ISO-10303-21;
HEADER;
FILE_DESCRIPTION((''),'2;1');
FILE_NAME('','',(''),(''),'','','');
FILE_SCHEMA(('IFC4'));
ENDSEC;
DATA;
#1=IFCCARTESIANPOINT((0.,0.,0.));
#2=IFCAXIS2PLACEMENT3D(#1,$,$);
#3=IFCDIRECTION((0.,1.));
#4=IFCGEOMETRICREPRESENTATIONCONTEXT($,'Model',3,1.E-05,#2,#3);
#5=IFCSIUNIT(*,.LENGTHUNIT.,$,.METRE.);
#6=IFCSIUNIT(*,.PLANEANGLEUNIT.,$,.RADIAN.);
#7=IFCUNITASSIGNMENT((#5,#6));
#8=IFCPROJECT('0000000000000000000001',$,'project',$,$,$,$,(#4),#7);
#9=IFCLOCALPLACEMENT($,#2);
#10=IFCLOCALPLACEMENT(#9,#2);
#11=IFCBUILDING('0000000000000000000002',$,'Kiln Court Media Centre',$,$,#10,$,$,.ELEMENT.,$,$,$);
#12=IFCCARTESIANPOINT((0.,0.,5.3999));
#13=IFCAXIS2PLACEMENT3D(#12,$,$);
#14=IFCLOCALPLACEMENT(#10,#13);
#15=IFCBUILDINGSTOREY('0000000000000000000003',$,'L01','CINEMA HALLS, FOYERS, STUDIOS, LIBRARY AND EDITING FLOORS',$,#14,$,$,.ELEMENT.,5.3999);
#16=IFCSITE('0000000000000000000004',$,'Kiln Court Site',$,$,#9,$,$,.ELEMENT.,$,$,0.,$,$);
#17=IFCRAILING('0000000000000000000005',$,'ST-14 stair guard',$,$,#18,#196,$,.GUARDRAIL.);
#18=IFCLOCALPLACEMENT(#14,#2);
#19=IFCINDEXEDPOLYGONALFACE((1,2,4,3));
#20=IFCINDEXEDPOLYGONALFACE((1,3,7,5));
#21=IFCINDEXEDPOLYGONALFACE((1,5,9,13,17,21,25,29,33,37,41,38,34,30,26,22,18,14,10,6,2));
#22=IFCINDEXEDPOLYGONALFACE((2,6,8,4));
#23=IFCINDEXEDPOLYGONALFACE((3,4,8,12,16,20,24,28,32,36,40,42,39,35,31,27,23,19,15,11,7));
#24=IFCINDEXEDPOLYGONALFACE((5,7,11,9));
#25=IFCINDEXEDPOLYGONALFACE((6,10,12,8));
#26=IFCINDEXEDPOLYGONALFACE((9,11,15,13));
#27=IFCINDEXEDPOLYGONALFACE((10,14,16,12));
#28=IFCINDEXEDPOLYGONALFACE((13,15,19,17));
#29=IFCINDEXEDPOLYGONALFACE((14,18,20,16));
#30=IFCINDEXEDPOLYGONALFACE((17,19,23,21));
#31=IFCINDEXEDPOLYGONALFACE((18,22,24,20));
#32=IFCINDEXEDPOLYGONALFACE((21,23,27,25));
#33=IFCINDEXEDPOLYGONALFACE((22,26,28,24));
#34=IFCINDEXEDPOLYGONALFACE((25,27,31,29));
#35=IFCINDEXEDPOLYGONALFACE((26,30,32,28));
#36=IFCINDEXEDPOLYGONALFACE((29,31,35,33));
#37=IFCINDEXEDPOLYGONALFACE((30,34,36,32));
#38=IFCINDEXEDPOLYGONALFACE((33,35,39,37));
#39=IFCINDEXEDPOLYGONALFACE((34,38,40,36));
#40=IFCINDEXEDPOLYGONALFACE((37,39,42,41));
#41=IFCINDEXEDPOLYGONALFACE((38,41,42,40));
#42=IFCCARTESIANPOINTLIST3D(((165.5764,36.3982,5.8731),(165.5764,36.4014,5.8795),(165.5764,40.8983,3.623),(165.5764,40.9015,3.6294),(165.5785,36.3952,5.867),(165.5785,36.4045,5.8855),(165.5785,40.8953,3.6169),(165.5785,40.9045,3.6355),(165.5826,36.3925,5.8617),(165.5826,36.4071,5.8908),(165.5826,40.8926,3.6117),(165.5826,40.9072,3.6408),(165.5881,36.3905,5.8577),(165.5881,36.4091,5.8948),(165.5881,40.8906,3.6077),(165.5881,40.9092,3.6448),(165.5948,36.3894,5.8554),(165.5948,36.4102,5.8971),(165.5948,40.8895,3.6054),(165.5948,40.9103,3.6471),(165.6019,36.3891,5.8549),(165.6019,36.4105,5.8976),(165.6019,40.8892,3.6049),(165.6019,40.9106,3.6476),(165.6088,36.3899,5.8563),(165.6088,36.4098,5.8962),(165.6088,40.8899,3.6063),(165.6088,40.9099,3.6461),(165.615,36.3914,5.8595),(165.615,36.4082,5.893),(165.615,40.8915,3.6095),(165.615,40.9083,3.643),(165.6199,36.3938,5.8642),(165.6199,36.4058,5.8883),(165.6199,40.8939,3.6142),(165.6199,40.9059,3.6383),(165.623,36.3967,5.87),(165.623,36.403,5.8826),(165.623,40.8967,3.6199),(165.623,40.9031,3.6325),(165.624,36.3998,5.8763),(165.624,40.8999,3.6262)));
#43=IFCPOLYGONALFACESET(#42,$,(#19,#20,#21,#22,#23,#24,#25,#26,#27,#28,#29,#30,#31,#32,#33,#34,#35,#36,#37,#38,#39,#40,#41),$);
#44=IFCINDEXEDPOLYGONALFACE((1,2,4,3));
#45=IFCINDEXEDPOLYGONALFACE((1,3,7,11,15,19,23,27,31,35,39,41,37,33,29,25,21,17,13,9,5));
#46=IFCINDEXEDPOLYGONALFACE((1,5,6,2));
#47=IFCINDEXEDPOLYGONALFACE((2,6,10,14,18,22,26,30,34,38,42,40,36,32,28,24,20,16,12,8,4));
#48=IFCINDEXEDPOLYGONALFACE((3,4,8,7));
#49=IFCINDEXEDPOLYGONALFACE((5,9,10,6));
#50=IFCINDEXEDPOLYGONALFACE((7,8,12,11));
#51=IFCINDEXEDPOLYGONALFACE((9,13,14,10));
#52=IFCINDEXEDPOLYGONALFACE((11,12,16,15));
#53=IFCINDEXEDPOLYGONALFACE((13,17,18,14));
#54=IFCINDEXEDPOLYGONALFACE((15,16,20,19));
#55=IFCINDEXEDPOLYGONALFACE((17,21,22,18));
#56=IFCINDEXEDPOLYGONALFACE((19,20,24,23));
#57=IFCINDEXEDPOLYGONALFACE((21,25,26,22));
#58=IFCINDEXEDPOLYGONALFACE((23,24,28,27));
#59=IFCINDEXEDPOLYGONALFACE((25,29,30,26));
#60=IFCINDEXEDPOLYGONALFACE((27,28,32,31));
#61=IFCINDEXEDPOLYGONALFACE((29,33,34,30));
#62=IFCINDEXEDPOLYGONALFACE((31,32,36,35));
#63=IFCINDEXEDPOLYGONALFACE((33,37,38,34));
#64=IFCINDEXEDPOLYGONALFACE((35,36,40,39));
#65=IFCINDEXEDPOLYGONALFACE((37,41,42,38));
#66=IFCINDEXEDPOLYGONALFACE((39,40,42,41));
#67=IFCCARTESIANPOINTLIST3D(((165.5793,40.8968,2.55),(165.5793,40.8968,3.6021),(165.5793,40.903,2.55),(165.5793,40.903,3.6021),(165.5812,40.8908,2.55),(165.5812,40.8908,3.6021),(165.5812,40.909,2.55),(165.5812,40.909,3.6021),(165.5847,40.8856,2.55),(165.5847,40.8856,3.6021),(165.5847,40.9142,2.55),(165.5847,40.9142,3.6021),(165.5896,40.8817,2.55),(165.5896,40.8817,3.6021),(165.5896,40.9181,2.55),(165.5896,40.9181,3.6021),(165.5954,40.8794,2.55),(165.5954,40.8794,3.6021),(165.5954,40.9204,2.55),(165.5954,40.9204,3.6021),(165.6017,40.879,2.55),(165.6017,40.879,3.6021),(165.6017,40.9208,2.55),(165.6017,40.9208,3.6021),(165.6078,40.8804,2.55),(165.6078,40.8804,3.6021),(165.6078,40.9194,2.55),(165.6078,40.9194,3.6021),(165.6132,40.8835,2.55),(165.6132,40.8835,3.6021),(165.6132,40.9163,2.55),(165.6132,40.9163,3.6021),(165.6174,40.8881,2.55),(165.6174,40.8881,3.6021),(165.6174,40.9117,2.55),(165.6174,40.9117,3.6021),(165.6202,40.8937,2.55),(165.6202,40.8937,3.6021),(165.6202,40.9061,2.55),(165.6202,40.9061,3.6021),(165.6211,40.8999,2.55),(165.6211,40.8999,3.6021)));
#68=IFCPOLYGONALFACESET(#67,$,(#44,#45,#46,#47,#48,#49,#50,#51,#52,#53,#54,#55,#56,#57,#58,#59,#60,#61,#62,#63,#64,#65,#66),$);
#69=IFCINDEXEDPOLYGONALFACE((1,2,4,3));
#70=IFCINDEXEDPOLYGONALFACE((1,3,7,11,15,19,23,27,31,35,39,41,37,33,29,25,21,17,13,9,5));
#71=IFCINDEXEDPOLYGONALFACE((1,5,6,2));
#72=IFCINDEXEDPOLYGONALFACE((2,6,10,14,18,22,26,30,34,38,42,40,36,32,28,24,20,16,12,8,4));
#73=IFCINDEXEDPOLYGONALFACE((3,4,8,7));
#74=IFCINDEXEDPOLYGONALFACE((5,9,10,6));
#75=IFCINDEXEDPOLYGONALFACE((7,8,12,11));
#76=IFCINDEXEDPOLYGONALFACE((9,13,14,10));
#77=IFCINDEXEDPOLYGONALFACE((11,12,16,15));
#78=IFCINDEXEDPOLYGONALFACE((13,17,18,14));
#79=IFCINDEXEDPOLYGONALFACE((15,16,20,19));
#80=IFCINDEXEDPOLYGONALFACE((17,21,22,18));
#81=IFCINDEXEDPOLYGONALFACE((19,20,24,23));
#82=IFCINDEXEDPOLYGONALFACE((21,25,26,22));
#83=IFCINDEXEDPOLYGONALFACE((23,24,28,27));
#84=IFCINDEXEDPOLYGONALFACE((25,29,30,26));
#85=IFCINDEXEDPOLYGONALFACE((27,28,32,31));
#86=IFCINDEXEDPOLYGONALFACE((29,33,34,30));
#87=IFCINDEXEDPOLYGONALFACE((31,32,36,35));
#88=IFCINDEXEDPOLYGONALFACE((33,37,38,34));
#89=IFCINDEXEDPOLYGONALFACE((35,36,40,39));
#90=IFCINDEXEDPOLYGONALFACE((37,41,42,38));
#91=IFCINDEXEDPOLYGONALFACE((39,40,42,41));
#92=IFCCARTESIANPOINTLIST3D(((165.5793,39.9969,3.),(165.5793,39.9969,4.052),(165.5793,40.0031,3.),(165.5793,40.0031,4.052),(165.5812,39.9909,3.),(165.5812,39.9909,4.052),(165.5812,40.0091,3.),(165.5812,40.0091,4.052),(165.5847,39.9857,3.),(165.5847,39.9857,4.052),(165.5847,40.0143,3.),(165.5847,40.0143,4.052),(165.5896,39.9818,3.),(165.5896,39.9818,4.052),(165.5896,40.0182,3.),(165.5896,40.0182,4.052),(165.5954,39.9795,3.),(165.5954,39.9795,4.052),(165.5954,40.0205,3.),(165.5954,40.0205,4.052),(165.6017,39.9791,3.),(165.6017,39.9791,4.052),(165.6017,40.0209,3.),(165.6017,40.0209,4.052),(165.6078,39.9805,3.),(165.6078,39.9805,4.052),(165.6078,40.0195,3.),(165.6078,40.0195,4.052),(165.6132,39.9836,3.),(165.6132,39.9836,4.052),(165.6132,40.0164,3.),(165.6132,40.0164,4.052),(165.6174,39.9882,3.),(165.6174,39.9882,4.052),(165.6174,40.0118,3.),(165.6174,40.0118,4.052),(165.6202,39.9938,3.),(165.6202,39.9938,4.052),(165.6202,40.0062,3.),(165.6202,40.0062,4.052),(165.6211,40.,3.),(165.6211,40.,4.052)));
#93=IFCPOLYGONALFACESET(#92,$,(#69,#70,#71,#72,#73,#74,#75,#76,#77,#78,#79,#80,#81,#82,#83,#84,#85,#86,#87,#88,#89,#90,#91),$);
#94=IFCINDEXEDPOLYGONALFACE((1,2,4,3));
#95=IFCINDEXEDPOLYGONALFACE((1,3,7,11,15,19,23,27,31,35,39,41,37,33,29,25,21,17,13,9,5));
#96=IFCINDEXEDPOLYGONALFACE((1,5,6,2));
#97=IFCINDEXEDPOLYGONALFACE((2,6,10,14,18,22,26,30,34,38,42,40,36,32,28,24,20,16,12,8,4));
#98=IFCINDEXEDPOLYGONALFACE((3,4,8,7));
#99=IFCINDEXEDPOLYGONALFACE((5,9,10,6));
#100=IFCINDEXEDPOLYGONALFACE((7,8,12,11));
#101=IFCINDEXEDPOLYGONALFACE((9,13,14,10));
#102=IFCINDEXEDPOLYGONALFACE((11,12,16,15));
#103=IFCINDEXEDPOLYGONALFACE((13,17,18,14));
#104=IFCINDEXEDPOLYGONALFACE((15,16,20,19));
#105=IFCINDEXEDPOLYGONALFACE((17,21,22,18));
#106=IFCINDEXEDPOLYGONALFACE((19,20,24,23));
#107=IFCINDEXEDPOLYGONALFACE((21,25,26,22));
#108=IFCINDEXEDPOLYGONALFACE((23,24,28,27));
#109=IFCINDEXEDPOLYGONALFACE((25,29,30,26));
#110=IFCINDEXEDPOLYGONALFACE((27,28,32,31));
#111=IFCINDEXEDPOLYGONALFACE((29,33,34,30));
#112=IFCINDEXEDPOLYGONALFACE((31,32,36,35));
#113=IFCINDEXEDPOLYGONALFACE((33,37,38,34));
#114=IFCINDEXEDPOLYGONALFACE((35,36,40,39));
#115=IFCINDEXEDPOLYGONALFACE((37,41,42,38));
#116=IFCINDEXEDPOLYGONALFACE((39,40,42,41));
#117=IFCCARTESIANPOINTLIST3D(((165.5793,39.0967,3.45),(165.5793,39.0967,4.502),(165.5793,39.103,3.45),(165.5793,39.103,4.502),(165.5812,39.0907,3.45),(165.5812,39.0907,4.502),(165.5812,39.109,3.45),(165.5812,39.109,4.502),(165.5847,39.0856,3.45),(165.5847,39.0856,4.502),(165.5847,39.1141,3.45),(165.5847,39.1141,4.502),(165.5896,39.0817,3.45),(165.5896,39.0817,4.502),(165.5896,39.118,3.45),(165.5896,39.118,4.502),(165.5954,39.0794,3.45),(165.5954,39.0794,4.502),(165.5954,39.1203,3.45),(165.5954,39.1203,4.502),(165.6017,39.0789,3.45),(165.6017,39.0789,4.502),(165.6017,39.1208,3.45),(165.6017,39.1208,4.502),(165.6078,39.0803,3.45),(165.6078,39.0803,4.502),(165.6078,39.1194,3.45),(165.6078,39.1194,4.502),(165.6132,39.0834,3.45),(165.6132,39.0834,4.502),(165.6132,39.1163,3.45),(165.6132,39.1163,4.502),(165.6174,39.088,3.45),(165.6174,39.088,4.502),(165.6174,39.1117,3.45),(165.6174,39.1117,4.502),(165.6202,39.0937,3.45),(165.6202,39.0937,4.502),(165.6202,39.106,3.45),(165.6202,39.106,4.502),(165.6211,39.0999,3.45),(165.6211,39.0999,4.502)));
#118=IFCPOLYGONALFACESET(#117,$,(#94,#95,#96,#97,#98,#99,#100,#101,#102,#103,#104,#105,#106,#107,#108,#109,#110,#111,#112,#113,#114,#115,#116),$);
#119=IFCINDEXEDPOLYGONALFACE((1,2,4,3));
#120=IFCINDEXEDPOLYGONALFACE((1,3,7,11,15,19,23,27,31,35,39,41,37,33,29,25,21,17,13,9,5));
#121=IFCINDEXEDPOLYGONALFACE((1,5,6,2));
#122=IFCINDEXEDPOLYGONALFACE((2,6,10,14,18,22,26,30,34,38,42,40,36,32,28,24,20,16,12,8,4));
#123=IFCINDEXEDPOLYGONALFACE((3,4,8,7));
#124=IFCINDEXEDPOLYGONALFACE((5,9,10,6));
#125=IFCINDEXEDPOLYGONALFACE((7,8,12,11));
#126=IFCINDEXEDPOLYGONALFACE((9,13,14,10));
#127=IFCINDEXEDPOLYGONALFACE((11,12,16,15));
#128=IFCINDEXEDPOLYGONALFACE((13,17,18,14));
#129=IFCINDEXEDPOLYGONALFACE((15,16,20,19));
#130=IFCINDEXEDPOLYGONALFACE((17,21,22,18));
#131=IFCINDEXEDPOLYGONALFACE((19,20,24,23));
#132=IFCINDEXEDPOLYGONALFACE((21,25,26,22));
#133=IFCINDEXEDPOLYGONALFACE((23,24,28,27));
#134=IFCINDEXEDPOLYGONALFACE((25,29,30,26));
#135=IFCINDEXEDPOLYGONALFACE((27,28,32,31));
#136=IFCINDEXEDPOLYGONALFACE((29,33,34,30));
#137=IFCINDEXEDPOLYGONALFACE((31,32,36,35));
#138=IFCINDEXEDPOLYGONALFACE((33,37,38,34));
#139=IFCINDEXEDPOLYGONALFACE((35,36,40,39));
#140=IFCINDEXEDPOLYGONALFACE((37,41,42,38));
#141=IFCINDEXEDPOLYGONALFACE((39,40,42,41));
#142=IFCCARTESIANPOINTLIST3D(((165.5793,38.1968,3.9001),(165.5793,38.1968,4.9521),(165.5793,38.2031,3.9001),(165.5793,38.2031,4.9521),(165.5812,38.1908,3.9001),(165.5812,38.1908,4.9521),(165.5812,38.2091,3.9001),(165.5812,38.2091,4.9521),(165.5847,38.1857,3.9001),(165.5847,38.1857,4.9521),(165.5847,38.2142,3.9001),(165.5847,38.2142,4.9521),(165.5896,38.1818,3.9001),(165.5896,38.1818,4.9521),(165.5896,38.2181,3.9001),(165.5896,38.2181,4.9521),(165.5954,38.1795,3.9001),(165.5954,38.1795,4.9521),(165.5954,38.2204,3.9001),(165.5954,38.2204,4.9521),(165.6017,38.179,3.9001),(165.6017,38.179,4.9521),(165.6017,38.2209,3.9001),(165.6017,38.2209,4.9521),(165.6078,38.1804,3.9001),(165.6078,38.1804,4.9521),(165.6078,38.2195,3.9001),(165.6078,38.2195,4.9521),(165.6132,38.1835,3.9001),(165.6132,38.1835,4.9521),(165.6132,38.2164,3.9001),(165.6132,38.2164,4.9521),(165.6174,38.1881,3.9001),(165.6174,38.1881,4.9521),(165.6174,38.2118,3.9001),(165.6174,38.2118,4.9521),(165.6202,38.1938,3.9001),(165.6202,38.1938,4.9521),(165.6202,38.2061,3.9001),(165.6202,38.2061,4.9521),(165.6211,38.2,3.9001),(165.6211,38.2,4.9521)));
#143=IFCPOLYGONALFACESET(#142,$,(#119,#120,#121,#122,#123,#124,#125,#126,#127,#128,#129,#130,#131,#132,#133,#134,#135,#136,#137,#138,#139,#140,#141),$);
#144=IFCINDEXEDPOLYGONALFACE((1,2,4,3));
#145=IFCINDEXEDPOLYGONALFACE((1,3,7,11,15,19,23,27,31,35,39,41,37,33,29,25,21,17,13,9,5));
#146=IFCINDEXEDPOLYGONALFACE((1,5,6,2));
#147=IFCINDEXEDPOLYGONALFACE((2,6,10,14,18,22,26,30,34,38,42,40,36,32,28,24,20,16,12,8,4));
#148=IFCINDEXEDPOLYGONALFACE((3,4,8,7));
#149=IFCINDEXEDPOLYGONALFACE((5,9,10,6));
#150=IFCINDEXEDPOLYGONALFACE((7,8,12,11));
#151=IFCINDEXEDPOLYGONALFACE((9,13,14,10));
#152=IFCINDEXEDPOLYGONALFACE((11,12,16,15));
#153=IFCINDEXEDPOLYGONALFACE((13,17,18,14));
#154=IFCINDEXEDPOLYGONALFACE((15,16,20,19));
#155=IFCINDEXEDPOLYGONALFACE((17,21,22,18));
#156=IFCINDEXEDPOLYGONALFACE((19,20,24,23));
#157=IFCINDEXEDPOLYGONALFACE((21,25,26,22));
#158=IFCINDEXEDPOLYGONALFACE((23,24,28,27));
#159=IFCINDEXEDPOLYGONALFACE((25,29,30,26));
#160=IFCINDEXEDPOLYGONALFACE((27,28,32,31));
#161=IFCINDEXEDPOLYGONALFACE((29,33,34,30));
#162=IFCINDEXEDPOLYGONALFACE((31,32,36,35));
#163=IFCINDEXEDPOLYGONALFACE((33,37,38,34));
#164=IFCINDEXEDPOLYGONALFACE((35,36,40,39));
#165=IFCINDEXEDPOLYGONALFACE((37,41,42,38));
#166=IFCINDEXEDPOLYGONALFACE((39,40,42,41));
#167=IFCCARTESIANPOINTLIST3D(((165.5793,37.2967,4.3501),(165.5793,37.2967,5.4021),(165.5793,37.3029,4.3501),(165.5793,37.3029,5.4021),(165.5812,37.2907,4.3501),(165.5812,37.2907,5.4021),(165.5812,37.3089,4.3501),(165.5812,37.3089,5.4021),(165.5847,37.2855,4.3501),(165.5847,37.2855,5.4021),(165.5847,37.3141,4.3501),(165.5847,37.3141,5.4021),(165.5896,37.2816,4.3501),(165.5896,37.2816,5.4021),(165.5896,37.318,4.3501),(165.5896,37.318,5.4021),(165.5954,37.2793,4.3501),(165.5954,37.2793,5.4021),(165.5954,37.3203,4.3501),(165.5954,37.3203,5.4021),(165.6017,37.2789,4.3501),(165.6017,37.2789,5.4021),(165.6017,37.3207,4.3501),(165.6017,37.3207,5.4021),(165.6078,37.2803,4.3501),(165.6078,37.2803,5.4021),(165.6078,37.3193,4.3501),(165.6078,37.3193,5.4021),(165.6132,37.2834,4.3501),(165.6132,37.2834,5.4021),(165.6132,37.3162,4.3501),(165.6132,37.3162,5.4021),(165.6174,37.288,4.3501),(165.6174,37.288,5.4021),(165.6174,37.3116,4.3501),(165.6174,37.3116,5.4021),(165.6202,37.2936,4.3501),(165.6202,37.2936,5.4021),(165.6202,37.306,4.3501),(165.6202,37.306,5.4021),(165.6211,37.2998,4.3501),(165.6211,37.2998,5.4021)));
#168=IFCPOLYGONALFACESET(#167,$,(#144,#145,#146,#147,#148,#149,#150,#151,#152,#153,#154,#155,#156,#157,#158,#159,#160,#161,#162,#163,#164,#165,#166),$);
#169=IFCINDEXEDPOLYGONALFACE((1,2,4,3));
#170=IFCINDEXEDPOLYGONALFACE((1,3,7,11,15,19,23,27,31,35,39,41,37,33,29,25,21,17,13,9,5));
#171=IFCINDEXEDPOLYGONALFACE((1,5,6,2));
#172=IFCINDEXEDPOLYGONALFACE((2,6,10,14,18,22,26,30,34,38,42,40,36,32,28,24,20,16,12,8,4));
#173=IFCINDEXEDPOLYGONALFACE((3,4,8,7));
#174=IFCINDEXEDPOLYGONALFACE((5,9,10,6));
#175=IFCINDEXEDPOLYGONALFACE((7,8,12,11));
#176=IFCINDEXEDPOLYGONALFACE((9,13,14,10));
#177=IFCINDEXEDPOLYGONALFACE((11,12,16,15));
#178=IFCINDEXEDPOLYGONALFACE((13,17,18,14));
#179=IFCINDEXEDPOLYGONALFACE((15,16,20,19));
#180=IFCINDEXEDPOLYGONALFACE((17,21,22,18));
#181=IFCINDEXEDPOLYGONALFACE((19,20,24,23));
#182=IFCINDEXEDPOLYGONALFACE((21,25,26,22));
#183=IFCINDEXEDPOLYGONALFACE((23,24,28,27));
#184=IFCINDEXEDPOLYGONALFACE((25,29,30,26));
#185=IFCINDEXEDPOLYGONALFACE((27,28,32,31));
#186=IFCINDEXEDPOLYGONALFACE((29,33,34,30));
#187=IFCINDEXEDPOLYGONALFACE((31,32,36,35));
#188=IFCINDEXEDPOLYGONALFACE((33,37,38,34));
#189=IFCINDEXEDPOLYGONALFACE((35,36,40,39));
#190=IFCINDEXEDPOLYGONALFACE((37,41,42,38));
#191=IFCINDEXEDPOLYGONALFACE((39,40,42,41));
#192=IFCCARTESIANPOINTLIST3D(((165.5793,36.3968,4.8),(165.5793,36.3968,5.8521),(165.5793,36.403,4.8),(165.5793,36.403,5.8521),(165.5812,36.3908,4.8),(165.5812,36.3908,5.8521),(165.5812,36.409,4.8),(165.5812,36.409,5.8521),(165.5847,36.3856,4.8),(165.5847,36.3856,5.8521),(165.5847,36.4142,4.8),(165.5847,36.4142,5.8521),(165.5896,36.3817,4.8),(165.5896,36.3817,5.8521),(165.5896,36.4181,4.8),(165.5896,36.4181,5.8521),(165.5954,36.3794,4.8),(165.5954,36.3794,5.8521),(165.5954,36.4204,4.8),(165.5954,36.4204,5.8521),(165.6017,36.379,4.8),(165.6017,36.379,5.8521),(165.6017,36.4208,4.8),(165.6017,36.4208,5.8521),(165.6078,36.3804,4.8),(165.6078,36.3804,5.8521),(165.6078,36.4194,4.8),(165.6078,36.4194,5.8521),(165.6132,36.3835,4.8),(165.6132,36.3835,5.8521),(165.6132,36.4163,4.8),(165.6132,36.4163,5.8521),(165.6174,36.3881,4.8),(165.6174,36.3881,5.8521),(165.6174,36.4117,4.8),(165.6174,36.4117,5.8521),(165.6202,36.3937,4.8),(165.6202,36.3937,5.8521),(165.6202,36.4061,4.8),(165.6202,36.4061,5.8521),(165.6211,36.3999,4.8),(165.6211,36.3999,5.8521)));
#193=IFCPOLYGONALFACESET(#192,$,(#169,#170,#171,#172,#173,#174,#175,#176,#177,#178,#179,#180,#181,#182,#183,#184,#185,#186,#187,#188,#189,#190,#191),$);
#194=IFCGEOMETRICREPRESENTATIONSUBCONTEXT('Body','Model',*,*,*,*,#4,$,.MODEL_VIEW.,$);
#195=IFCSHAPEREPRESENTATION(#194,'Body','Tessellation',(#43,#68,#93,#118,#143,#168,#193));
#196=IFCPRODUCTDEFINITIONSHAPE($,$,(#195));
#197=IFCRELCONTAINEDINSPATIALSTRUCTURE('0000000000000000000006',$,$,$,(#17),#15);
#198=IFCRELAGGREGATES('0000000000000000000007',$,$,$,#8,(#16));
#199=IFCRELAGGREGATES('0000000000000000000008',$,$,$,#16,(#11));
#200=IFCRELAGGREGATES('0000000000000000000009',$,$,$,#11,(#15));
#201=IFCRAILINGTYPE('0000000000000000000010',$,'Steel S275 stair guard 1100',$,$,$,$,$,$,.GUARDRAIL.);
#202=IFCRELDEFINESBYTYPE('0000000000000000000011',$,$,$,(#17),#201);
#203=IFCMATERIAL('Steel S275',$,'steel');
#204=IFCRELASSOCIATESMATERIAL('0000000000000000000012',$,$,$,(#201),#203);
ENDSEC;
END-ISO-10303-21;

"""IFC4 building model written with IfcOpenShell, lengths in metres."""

from ifc_helpers import new_model, si_unit, direction, frame, origin, origin_2d, place, context, subcontext, project, spatial, circle, extrude, material, type_object, element, save


model = new_model("IFC4")

# Units and contexts
model_context = context("Model", 3, precision=1e-05, world=origin(), true_north=direction((0.0, 1.0)))
body_context = subcontext(model_context, "Body", "Model", "MODEL_VIEW")
ifc_project = project(units=[si_unit("LENGTHUNIT", "METRE"), si_unit("PLANEANGLEUNIT", "RADIAN")], contexts=[model_context])

# Site, building, storey
site_placement = place(None, origin())
site = spatial("IfcSite", under=ifc_project, at=site_placement, Name="Kiln Court Site", CompositionType="ELEMENT", RefElevation=0.0)
building_placement = place(site_placement, origin())
building = spatial("IfcBuilding", under=site, at=building_placement, Name="Kiln Court Media Centre", CompositionType="ELEMENT")
storey_placement = place(building_placement, frame((0.0, 0.0, 5.3999)))
storey = spatial("IfcBuildingStorey", under=building, at=storey_placement, Name="L01", Description="CINEMA HALLS, FOYERS, STUDIOS, LIBRARY AND EDITING FLOORS", CompositionType="ELEMENT", Elevation=5.3999)

# Railing
ifc_material_1 = material(Name="Steel S275", Category="steel")
railing_type_1 = type_object("IfcRailingType", Name="Steel S275 stair guard 1100", PredefinedType="GUARDRAIL", material=ifc_material_1)
railing_1_placement = place(storey_placement, frame((165.6001, 40.8999, 2.55)))
element("IfcRailing", 1, at=railing_1_placement, inside=storey, type_object=railing_type_1, Name="ST-14 stair guard", PredefinedType="GUARDRAIL", context=body_context, shape_type="SweptSolid", body=[
    extrude(circle(Radius=0.0239, at=origin_2d()), frame((0.0, 0.0, 1.0762), z_axis=(0.0, -0.894427, 0.447214), x_axis=(1.0, 0.0, 0.0)), (0.0, 0.0, 1.0), 5.0312),
    extrude(circle(Radius=0.021, at=origin_2d()), origin(), (0.0, 0.0, 1.0), 1.052),
    extrude(circle(Radius=0.021, at=origin_2d()), frame((0.0, -0.8999, 0.45)), (0.0, 0.0, 1.0), 1.052),
    extrude(circle(Radius=0.021, at=origin_2d()), frame((0.0, -1.8, 0.8999)), (0.0, 0.0, 1.0), 1.052),
    extrude(circle(Radius=0.021, at=origin_2d()), frame((0.0, -2.7, 1.3501)), (0.0, 0.0, 1.0), 1.052),
    extrude(circle(Radius=0.021, at=origin_2d()), frame((0.0, -3.6001, 1.8)), (0.0, 0.0, 1.0), 1.052),
    extrude(circle(Radius=0.021, at=origin_2d()), frame((0.0, -4.5, 2.25)), (0.0, 0.0, 1.0), 1.052),
])

save(model, "model.ifc")
